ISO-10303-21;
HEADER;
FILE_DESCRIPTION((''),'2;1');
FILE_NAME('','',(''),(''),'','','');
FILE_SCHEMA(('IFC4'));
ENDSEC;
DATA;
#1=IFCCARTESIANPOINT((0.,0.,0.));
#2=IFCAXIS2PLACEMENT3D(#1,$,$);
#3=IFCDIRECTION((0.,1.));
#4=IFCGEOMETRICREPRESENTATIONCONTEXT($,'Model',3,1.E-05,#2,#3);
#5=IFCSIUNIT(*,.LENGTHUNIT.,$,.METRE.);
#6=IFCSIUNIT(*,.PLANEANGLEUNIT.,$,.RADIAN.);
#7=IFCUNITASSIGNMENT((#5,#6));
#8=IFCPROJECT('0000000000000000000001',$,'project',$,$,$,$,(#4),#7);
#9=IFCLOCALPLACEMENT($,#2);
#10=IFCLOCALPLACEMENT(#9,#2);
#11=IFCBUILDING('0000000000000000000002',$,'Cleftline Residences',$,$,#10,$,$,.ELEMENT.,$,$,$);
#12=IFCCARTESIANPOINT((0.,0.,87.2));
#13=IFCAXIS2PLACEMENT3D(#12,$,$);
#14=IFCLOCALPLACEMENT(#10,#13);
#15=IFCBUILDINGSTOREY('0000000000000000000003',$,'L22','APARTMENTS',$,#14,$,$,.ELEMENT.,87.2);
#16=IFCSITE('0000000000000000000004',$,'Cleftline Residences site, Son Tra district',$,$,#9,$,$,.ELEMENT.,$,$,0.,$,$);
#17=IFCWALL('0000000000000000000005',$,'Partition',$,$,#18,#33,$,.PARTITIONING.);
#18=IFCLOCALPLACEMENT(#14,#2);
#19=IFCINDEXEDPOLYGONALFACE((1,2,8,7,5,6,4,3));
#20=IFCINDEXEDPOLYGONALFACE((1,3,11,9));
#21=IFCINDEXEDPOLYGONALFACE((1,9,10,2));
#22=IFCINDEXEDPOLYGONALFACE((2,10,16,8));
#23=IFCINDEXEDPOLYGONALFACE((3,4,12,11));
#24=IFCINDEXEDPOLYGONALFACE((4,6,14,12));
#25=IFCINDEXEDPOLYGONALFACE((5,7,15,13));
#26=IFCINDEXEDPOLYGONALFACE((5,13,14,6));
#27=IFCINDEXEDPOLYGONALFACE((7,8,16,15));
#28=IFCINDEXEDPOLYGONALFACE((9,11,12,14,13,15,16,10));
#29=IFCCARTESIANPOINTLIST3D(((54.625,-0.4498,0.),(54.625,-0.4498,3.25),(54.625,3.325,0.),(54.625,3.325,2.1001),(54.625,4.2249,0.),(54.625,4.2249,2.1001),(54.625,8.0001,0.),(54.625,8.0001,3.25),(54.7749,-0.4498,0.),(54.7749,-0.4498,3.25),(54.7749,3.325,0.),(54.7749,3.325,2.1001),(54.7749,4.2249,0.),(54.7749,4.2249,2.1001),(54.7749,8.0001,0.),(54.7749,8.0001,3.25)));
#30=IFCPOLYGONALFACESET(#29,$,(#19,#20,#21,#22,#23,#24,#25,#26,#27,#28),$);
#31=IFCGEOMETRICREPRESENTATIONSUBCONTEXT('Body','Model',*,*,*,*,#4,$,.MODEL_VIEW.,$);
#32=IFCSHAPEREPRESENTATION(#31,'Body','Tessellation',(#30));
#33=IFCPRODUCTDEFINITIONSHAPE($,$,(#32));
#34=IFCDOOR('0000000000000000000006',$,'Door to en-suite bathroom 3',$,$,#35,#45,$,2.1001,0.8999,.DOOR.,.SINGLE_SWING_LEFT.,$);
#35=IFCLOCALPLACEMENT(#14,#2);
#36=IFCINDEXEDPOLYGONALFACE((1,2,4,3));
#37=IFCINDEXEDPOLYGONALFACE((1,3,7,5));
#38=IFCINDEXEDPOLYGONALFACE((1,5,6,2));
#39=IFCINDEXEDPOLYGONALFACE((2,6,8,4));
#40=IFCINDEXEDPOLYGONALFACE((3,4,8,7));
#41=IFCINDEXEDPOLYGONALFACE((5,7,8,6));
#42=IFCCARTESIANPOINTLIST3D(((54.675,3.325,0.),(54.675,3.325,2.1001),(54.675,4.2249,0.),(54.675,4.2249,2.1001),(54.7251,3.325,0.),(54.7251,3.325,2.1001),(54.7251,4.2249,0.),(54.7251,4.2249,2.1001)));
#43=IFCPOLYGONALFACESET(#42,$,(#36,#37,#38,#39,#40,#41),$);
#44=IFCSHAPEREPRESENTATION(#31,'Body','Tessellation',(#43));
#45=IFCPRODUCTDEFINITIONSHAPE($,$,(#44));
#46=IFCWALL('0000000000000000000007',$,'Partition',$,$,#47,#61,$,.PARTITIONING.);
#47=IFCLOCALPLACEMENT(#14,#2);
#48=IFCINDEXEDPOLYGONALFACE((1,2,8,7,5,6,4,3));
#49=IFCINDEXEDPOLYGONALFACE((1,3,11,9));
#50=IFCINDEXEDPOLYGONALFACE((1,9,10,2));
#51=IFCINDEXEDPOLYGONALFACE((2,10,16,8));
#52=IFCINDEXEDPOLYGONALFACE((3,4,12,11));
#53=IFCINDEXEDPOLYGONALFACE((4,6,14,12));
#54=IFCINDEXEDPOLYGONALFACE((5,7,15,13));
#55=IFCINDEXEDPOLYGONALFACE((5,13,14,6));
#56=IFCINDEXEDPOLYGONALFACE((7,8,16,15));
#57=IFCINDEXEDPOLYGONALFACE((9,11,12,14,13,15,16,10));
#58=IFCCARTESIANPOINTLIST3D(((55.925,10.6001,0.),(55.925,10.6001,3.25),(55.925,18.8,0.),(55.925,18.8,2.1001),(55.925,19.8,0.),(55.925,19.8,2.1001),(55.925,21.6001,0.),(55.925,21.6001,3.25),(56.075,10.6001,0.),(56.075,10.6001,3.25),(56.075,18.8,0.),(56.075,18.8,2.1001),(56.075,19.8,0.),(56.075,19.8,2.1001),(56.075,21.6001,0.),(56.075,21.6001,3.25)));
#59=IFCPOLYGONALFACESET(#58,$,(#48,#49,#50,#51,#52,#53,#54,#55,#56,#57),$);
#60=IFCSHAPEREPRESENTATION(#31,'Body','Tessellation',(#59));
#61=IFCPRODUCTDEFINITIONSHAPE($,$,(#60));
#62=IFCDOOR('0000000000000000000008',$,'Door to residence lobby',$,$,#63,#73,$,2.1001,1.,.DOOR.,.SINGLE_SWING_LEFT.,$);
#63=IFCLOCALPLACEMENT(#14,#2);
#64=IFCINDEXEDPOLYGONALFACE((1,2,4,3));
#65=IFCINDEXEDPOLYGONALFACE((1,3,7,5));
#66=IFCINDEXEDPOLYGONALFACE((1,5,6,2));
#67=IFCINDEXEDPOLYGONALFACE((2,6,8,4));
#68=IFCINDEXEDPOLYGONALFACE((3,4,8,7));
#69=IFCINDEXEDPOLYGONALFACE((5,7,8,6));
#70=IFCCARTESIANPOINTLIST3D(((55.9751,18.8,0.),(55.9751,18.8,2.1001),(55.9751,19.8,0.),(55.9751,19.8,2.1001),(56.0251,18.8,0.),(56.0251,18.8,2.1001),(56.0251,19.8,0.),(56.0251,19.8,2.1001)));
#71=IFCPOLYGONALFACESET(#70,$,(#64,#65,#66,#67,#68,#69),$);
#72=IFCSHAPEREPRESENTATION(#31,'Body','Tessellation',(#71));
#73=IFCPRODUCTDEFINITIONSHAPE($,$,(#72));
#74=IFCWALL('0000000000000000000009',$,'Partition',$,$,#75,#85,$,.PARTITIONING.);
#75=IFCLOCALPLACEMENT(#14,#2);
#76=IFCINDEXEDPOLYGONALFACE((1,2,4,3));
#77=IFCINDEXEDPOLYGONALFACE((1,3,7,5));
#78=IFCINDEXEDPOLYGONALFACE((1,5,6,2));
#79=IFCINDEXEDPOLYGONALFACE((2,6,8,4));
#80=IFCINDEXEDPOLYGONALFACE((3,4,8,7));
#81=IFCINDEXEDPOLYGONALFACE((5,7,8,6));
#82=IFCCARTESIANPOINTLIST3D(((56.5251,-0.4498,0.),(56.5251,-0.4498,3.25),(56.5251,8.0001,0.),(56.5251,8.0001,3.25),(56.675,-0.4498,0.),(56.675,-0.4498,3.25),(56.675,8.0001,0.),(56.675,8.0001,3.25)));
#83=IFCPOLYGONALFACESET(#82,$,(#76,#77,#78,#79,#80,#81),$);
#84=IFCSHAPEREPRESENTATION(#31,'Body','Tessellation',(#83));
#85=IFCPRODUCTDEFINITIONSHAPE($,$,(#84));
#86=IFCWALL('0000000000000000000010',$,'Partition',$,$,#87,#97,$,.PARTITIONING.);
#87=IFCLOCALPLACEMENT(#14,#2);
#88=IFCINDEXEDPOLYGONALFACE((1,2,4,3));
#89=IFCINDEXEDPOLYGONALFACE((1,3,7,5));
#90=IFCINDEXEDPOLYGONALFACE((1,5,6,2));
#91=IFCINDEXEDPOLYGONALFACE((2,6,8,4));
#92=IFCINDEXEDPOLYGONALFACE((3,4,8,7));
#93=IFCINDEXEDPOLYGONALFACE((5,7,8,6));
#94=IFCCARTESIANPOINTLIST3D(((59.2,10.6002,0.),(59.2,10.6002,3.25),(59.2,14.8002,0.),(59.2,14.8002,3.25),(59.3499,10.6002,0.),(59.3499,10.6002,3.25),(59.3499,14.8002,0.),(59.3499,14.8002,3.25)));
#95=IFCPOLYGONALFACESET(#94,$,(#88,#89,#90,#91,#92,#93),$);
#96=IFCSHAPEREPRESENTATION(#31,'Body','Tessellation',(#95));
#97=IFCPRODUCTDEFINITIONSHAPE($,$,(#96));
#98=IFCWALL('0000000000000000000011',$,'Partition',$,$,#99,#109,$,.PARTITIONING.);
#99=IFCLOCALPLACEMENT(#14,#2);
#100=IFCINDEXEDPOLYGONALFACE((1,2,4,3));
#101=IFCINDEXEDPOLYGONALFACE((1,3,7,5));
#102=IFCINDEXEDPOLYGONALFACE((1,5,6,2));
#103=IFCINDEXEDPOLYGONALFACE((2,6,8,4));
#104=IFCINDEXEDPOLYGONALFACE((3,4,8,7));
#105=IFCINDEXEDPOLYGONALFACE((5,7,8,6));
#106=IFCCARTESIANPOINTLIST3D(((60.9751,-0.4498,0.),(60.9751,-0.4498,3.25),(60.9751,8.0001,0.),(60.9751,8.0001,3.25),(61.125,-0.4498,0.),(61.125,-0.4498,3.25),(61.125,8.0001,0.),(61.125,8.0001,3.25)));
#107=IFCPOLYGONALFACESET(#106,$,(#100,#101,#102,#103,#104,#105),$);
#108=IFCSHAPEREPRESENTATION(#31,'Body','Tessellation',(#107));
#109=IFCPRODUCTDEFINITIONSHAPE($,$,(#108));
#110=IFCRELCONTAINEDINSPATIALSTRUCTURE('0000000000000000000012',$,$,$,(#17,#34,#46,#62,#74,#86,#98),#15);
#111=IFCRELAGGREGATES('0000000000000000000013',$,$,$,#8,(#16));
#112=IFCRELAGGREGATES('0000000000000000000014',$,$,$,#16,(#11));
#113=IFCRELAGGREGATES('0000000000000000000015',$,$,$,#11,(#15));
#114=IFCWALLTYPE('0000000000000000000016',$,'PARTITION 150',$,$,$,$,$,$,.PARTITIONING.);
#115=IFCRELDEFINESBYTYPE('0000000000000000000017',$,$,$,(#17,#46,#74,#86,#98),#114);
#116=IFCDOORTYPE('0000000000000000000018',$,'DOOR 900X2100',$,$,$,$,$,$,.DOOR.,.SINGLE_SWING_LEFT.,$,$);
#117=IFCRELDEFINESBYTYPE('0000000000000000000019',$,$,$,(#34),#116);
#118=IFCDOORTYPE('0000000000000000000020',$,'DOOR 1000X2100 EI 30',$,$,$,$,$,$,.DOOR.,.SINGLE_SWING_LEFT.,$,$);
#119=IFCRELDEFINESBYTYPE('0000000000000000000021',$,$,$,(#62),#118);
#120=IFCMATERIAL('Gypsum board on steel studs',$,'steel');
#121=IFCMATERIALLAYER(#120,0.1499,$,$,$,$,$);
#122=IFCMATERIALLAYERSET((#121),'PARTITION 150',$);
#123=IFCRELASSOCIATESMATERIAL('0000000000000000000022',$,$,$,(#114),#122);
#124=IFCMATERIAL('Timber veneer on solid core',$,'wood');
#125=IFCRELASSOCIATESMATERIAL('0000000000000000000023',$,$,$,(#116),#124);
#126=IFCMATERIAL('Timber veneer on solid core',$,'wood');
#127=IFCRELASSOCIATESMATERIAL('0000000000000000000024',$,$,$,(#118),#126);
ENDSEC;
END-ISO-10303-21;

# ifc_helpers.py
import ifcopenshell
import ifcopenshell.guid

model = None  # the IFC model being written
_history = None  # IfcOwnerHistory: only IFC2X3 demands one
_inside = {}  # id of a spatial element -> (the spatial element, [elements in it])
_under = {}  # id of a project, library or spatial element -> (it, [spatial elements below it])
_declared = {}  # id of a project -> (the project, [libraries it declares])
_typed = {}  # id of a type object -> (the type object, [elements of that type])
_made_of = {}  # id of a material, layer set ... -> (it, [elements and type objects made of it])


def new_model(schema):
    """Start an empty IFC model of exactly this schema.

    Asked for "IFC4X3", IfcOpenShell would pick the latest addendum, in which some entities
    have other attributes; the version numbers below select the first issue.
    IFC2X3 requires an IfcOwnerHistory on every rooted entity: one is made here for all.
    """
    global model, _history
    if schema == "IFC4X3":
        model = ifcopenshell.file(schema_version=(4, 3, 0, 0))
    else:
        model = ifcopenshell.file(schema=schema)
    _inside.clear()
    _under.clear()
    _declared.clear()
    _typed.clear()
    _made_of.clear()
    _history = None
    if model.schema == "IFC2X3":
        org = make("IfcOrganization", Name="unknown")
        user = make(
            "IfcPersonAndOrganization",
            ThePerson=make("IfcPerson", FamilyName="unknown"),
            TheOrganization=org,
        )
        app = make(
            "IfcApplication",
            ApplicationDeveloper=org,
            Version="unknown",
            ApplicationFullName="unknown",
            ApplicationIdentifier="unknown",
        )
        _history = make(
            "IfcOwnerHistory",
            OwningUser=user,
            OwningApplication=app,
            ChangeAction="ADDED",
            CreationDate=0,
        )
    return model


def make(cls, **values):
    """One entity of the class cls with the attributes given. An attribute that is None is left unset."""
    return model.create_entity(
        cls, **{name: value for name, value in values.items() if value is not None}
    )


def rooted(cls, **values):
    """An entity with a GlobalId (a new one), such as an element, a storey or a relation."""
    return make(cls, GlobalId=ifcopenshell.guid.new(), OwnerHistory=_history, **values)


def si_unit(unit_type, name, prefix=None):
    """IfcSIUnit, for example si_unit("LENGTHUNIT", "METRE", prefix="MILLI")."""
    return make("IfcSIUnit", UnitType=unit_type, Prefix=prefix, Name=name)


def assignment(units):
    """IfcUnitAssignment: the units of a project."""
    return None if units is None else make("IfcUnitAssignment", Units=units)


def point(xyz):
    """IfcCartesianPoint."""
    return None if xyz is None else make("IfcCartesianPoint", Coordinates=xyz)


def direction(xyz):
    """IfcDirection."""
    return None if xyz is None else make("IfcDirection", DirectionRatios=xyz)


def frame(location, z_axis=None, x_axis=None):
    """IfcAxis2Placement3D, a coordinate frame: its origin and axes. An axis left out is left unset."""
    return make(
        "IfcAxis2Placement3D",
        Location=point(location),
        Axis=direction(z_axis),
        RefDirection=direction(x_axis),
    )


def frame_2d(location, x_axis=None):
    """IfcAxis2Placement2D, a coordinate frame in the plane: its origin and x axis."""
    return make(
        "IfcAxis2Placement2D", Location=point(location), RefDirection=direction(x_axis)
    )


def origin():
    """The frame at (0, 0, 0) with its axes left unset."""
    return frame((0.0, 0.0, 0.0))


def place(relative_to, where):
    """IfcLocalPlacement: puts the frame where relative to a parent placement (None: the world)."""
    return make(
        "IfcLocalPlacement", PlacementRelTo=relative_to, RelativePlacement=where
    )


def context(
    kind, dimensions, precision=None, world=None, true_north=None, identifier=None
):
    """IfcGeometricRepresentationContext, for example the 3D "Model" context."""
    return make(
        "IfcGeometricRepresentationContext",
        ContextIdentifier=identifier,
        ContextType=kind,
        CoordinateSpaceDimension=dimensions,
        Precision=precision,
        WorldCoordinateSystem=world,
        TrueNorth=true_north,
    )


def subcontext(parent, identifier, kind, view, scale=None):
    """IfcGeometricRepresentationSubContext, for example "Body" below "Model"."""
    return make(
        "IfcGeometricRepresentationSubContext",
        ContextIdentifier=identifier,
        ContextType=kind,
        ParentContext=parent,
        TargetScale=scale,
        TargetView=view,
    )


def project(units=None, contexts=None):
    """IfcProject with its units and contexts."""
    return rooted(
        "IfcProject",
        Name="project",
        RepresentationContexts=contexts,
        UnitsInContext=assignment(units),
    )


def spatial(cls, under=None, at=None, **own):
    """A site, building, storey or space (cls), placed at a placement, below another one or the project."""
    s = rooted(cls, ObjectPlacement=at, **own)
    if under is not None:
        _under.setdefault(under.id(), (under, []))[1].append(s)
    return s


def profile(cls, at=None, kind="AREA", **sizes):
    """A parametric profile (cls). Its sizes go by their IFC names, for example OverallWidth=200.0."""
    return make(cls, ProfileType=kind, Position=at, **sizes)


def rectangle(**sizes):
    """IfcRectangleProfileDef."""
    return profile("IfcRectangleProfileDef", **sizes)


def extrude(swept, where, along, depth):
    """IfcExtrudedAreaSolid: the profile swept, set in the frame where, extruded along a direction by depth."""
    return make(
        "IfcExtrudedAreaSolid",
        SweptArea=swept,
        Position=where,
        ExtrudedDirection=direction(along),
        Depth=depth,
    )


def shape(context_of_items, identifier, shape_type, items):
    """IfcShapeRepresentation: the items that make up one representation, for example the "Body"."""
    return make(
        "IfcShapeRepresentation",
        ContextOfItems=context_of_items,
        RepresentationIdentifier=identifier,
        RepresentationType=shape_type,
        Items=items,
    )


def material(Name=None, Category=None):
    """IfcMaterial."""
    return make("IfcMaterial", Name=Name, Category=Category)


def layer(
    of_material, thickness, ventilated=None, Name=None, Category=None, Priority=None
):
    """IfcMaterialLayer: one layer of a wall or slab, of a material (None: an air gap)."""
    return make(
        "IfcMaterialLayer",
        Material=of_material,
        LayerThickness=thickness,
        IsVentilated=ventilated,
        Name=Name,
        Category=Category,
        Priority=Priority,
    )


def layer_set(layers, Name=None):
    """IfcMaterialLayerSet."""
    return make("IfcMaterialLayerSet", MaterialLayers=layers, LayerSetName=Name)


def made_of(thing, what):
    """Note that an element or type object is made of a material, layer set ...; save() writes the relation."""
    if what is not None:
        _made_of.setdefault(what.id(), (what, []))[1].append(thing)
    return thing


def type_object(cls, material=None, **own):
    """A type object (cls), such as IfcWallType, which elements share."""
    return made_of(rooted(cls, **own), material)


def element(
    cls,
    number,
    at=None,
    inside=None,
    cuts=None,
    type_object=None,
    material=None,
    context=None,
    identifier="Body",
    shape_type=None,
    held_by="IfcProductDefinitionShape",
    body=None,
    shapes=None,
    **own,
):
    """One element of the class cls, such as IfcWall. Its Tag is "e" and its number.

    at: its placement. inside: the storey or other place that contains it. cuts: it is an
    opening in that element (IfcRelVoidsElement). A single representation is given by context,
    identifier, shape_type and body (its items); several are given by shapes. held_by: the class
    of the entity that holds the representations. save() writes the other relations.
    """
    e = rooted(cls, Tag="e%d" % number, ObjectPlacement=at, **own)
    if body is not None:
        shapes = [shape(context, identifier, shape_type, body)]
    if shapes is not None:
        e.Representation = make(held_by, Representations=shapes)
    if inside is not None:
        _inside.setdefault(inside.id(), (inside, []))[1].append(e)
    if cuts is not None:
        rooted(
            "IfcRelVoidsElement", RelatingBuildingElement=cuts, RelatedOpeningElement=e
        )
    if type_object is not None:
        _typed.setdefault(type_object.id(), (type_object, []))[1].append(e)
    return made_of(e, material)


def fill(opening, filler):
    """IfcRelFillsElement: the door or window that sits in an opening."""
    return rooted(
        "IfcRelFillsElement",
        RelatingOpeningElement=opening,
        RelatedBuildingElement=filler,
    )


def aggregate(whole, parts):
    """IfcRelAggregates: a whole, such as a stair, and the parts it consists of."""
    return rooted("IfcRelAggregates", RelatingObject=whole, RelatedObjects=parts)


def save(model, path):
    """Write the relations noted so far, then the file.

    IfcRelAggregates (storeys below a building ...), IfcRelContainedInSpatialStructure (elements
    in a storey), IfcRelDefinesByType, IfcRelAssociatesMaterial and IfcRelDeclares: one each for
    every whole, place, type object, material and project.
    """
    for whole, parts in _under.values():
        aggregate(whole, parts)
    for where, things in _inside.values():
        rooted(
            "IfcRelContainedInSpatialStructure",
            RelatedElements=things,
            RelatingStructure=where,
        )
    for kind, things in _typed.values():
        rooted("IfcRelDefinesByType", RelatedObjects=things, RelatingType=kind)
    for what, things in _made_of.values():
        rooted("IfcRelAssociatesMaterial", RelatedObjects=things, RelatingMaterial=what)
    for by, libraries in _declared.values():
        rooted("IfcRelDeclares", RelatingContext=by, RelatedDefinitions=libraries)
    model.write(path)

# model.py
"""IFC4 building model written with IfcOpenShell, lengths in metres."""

from ifc_helpers import new_model, si_unit, direction, frame, frame_2d, origin, place, context, subcontext, project, spatial, rectangle, extrude, material, layer, layer_set, type_object, element, fill, save


model = new_model("IFC4")

# Units and contexts
model_context = context("Model", 3, precision=1e-05, world=origin(), true_north=direction((0.0, 1.0)))
body_context = subcontext(model_context, "Body", "Model", "MODEL_VIEW")
ifc_project = project(units=[si_unit("LENGTHUNIT", "METRE"), si_unit("PLANEANGLEUNIT", "RADIAN")], contexts=[model_context])

# Site, building, storey
site_placement = place(None, origin())
site = spatial("IfcSite", under=ifc_project, at=site_placement, Name="Cleftline Residences site, Son Tra district", CompositionType="ELEMENT", RefElevation=0.0)
building_placement = place(site_placement, origin())
building = spatial("IfcBuilding", under=site, at=building_placement, Name="Cleftline Residences", CompositionType="ELEMENT")
storey_placement = place(building_placement, frame((0.0, 0.0, 87.2)))
storey = spatial("IfcBuildingStorey", under=building, at=storey_placement, Name="L22", Description="APARTMENTS", CompositionType="ELEMENT", Elevation=87.2)

# Shared definitions
ifc_material_1 = material(Name="Gypsum board on steel studs", Category="steel")
ifc_layer_1 = layer(ifc_material_1, 0.1499)
ifc_layer_set_1 = layer_set([ifc_layer_1], Name="PARTITION 150")
wall_type_1 = type_object("IfcWallType", Name="PARTITION 150", PredefinedType="PARTITIONING", material=ifc_layer_set_1)

# Walls, openings, doors
wall_1_placement = place(storey_placement, frame((54.7, -0.45, 0.0), z_axis=(0.0, 0.0, 1.0), x_axis=(0.0, 1.0, 0.0)))
wall_1 = element("IfcWall", 1, at=wall_1_placement, inside=storey, type_object=wall_type_1, Name="Partition", PredefinedType="PARTITIONING", context=body_context, shape_type="SweptSolid", body=[
    extrude(rectangle(XDim=8.45, YDim=0.1499, at=frame_2d((4.2251, 0.0))), origin(), (0.0, 0.0, 1.0), 3.25),
])
opening_1_placement = place(wall_1_placement, frame((3.7749, 0.0, 0.0)))
opening_1 = element("IfcOpeningElement", 2, at=opening_1_placement, cuts=wall_1, PredefinedType="OPENING", context=body_context, shape_type="SweptSolid", body=[
    extrude(rectangle(XDim=0.8999, YDim=2.1001, at=frame_2d((0.45, 1.05))), frame((0.0, 0.085, 0.0), z_axis=(0.0, -1.0, 0.0), x_axis=(1.0, 0.0, 0.0)), (0.0, 0.0, 1.0), 0.1699),
])
ifc_material_2 = material(Name="Timber veneer on solid core", Category="wood")
door_type_1 = type_object("IfcDoorType", Name="DOOR 900X2100", OperationType="SINGLE_SWING_LEFT", PredefinedType="DOOR", material=ifc_material_2)
door_1_placement = place(opening_1_placement, origin())
door_1 = element("IfcDoor", 3, at=door_1_placement, inside=storey, type_object=door_type_1, Name="Door to en-suite bathroom 3", OperationType="SINGLE_SWING_LEFT", OverallHeight=2.1001, OverallWidth=0.8999, PredefinedType="DOOR", context=body_context, shape_type="SweptSolid", body=[
    extrude(rectangle(XDim=0.8999, YDim=2.1001, at=frame_2d((0.45, 1.05))), frame((0.0, 0.0249, 0.0), z_axis=(0.0, -1.0, 0.0), x_axis=(1.0, 0.0, 0.0)), (0.0, 0.0, 1.0), 0.05),
])
fill(opening_1, door_1)
wall_2_placement = place(storey_placement, frame((56.0, 10.6001, 0.0), z_axis=(0.0, 0.0, 1.0), x_axis=(0.0, 1.0, 0.0)))
wall_2 = element("IfcWall", 4, at=wall_2_placement, inside=storey, type_object=wall_type_1, Name="Partition", PredefinedType="PARTITIONING", context=body_context, shape_type="SweptSolid", body=[
    extrude(rectangle(XDim=11.0, YDim=0.1499, at=frame_2d((5.5, 0.0))), origin(), (0.0, 0.0, 1.0), 3.25),
])
opening_2_placement = place(wall_2_placement, frame((8.2, 0.0, 0.0)))
opening_2 = element("IfcOpeningElement", 5, at=opening_2_placement, cuts=wall_2, PredefinedType="OPENING", context=body_context, shape_type="SweptSolid", body=[
    extrude(rectangle(XDim=1.0, YDim=2.1001, at=frame_2d((0.5, 1.05))), frame((0.0, 0.085, 0.0), z_axis=(0.0, -1.0, 0.0), x_axis=(1.0, 0.0, 0.0)), (0.0, 0.0, 1.0), 0.1699),
])
ifc_material_3 = material(Name="Timber veneer on solid core", Category="wood")
door_type_2 = type_object("IfcDoorType", Name="DOOR 1000X2100 EI 30", OperationType="SINGLE_SWING_LEFT", PredefinedType="DOOR", material=ifc_material_3)
door_2_placement = place(opening_2_placement, origin())
door_2 = element("IfcDoor", 6, at=door_2_placement, inside=storey, type_object=door_type_2, Name="Door to residence lobby", OperationType="SINGLE_SWING_LEFT", OverallHeight=2.1001, OverallWidth=1.0, PredefinedType="DOOR", context=body_context, shape_type="SweptSolid", body=[
    extrude(rectangle(XDim=1.0, YDim=2.1001, at=frame_2d((0.5, 1.05))), frame((0.0, 0.0249, 0.0), z_axis=(0.0, -1.0, 0.0), x_axis=(1.0, 0.0, 0.0)), (0.0, 0.0, 1.0), 0.05),
])
fill(opening_2, door_2)

# Walls
wall_3_placement = place(storey_placement, frame((56.6001, -0.45, 0.0), z_axis=(0.0, 0.0, 1.0), x_axis=(0.0, 1.0, 0.0)))
element("IfcWall", 7, at=wall_3_placement, inside=storey, type_object=wall_type_1, Name="Partition", PredefinedType="PARTITIONING", context=body_context, shape_type="SweptSolid", body=[
    extrude(rectangle(XDim=8.45, YDim=0.1499, at=frame_2d((4.2251, 0.0))), origin(), (0.0, 0.0, 1.0), 3.25),
])
wall_4_placement = place(storey_placement, frame((59.2749, 10.6001, 0.0), z_axis=(0.0, 0.0, 1.0), x_axis=(0.0, 1.0, 0.0)))
element("IfcWall", 8, at=wall_4_placement, inside=storey, type_object=wall_type_1, Name="Partition", PredefinedType="PARTITIONING", context=body_context, shape_type="SweptSolid", body=[
    extrude(rectangle(XDim=4.2, YDim=0.1499, at=frame_2d((2.1001, 0.0))), origin(), (0.0, 0.0, 1.0), 3.25),
])
wall_5_placement = place(storey_placement, frame((61.05, -0.45, 0.0), z_axis=(0.0, 0.0, 1.0), x_axis=(0.0, 1.0, 0.0)))
element("IfcWall", 9, at=wall_5_placement, inside=storey, type_object=wall_type_1, Name="Partition", PredefinedType="PARTITIONING", context=body_context, shape_type="SweptSolid", body=[
    extrude(rectangle(XDim=8.45, YDim=0.1499, at=frame_2d((4.2251, 0.0))), origin(), (0.0, 0.0, 1.0), 3.25),
])

save(model, "model.ifc")
